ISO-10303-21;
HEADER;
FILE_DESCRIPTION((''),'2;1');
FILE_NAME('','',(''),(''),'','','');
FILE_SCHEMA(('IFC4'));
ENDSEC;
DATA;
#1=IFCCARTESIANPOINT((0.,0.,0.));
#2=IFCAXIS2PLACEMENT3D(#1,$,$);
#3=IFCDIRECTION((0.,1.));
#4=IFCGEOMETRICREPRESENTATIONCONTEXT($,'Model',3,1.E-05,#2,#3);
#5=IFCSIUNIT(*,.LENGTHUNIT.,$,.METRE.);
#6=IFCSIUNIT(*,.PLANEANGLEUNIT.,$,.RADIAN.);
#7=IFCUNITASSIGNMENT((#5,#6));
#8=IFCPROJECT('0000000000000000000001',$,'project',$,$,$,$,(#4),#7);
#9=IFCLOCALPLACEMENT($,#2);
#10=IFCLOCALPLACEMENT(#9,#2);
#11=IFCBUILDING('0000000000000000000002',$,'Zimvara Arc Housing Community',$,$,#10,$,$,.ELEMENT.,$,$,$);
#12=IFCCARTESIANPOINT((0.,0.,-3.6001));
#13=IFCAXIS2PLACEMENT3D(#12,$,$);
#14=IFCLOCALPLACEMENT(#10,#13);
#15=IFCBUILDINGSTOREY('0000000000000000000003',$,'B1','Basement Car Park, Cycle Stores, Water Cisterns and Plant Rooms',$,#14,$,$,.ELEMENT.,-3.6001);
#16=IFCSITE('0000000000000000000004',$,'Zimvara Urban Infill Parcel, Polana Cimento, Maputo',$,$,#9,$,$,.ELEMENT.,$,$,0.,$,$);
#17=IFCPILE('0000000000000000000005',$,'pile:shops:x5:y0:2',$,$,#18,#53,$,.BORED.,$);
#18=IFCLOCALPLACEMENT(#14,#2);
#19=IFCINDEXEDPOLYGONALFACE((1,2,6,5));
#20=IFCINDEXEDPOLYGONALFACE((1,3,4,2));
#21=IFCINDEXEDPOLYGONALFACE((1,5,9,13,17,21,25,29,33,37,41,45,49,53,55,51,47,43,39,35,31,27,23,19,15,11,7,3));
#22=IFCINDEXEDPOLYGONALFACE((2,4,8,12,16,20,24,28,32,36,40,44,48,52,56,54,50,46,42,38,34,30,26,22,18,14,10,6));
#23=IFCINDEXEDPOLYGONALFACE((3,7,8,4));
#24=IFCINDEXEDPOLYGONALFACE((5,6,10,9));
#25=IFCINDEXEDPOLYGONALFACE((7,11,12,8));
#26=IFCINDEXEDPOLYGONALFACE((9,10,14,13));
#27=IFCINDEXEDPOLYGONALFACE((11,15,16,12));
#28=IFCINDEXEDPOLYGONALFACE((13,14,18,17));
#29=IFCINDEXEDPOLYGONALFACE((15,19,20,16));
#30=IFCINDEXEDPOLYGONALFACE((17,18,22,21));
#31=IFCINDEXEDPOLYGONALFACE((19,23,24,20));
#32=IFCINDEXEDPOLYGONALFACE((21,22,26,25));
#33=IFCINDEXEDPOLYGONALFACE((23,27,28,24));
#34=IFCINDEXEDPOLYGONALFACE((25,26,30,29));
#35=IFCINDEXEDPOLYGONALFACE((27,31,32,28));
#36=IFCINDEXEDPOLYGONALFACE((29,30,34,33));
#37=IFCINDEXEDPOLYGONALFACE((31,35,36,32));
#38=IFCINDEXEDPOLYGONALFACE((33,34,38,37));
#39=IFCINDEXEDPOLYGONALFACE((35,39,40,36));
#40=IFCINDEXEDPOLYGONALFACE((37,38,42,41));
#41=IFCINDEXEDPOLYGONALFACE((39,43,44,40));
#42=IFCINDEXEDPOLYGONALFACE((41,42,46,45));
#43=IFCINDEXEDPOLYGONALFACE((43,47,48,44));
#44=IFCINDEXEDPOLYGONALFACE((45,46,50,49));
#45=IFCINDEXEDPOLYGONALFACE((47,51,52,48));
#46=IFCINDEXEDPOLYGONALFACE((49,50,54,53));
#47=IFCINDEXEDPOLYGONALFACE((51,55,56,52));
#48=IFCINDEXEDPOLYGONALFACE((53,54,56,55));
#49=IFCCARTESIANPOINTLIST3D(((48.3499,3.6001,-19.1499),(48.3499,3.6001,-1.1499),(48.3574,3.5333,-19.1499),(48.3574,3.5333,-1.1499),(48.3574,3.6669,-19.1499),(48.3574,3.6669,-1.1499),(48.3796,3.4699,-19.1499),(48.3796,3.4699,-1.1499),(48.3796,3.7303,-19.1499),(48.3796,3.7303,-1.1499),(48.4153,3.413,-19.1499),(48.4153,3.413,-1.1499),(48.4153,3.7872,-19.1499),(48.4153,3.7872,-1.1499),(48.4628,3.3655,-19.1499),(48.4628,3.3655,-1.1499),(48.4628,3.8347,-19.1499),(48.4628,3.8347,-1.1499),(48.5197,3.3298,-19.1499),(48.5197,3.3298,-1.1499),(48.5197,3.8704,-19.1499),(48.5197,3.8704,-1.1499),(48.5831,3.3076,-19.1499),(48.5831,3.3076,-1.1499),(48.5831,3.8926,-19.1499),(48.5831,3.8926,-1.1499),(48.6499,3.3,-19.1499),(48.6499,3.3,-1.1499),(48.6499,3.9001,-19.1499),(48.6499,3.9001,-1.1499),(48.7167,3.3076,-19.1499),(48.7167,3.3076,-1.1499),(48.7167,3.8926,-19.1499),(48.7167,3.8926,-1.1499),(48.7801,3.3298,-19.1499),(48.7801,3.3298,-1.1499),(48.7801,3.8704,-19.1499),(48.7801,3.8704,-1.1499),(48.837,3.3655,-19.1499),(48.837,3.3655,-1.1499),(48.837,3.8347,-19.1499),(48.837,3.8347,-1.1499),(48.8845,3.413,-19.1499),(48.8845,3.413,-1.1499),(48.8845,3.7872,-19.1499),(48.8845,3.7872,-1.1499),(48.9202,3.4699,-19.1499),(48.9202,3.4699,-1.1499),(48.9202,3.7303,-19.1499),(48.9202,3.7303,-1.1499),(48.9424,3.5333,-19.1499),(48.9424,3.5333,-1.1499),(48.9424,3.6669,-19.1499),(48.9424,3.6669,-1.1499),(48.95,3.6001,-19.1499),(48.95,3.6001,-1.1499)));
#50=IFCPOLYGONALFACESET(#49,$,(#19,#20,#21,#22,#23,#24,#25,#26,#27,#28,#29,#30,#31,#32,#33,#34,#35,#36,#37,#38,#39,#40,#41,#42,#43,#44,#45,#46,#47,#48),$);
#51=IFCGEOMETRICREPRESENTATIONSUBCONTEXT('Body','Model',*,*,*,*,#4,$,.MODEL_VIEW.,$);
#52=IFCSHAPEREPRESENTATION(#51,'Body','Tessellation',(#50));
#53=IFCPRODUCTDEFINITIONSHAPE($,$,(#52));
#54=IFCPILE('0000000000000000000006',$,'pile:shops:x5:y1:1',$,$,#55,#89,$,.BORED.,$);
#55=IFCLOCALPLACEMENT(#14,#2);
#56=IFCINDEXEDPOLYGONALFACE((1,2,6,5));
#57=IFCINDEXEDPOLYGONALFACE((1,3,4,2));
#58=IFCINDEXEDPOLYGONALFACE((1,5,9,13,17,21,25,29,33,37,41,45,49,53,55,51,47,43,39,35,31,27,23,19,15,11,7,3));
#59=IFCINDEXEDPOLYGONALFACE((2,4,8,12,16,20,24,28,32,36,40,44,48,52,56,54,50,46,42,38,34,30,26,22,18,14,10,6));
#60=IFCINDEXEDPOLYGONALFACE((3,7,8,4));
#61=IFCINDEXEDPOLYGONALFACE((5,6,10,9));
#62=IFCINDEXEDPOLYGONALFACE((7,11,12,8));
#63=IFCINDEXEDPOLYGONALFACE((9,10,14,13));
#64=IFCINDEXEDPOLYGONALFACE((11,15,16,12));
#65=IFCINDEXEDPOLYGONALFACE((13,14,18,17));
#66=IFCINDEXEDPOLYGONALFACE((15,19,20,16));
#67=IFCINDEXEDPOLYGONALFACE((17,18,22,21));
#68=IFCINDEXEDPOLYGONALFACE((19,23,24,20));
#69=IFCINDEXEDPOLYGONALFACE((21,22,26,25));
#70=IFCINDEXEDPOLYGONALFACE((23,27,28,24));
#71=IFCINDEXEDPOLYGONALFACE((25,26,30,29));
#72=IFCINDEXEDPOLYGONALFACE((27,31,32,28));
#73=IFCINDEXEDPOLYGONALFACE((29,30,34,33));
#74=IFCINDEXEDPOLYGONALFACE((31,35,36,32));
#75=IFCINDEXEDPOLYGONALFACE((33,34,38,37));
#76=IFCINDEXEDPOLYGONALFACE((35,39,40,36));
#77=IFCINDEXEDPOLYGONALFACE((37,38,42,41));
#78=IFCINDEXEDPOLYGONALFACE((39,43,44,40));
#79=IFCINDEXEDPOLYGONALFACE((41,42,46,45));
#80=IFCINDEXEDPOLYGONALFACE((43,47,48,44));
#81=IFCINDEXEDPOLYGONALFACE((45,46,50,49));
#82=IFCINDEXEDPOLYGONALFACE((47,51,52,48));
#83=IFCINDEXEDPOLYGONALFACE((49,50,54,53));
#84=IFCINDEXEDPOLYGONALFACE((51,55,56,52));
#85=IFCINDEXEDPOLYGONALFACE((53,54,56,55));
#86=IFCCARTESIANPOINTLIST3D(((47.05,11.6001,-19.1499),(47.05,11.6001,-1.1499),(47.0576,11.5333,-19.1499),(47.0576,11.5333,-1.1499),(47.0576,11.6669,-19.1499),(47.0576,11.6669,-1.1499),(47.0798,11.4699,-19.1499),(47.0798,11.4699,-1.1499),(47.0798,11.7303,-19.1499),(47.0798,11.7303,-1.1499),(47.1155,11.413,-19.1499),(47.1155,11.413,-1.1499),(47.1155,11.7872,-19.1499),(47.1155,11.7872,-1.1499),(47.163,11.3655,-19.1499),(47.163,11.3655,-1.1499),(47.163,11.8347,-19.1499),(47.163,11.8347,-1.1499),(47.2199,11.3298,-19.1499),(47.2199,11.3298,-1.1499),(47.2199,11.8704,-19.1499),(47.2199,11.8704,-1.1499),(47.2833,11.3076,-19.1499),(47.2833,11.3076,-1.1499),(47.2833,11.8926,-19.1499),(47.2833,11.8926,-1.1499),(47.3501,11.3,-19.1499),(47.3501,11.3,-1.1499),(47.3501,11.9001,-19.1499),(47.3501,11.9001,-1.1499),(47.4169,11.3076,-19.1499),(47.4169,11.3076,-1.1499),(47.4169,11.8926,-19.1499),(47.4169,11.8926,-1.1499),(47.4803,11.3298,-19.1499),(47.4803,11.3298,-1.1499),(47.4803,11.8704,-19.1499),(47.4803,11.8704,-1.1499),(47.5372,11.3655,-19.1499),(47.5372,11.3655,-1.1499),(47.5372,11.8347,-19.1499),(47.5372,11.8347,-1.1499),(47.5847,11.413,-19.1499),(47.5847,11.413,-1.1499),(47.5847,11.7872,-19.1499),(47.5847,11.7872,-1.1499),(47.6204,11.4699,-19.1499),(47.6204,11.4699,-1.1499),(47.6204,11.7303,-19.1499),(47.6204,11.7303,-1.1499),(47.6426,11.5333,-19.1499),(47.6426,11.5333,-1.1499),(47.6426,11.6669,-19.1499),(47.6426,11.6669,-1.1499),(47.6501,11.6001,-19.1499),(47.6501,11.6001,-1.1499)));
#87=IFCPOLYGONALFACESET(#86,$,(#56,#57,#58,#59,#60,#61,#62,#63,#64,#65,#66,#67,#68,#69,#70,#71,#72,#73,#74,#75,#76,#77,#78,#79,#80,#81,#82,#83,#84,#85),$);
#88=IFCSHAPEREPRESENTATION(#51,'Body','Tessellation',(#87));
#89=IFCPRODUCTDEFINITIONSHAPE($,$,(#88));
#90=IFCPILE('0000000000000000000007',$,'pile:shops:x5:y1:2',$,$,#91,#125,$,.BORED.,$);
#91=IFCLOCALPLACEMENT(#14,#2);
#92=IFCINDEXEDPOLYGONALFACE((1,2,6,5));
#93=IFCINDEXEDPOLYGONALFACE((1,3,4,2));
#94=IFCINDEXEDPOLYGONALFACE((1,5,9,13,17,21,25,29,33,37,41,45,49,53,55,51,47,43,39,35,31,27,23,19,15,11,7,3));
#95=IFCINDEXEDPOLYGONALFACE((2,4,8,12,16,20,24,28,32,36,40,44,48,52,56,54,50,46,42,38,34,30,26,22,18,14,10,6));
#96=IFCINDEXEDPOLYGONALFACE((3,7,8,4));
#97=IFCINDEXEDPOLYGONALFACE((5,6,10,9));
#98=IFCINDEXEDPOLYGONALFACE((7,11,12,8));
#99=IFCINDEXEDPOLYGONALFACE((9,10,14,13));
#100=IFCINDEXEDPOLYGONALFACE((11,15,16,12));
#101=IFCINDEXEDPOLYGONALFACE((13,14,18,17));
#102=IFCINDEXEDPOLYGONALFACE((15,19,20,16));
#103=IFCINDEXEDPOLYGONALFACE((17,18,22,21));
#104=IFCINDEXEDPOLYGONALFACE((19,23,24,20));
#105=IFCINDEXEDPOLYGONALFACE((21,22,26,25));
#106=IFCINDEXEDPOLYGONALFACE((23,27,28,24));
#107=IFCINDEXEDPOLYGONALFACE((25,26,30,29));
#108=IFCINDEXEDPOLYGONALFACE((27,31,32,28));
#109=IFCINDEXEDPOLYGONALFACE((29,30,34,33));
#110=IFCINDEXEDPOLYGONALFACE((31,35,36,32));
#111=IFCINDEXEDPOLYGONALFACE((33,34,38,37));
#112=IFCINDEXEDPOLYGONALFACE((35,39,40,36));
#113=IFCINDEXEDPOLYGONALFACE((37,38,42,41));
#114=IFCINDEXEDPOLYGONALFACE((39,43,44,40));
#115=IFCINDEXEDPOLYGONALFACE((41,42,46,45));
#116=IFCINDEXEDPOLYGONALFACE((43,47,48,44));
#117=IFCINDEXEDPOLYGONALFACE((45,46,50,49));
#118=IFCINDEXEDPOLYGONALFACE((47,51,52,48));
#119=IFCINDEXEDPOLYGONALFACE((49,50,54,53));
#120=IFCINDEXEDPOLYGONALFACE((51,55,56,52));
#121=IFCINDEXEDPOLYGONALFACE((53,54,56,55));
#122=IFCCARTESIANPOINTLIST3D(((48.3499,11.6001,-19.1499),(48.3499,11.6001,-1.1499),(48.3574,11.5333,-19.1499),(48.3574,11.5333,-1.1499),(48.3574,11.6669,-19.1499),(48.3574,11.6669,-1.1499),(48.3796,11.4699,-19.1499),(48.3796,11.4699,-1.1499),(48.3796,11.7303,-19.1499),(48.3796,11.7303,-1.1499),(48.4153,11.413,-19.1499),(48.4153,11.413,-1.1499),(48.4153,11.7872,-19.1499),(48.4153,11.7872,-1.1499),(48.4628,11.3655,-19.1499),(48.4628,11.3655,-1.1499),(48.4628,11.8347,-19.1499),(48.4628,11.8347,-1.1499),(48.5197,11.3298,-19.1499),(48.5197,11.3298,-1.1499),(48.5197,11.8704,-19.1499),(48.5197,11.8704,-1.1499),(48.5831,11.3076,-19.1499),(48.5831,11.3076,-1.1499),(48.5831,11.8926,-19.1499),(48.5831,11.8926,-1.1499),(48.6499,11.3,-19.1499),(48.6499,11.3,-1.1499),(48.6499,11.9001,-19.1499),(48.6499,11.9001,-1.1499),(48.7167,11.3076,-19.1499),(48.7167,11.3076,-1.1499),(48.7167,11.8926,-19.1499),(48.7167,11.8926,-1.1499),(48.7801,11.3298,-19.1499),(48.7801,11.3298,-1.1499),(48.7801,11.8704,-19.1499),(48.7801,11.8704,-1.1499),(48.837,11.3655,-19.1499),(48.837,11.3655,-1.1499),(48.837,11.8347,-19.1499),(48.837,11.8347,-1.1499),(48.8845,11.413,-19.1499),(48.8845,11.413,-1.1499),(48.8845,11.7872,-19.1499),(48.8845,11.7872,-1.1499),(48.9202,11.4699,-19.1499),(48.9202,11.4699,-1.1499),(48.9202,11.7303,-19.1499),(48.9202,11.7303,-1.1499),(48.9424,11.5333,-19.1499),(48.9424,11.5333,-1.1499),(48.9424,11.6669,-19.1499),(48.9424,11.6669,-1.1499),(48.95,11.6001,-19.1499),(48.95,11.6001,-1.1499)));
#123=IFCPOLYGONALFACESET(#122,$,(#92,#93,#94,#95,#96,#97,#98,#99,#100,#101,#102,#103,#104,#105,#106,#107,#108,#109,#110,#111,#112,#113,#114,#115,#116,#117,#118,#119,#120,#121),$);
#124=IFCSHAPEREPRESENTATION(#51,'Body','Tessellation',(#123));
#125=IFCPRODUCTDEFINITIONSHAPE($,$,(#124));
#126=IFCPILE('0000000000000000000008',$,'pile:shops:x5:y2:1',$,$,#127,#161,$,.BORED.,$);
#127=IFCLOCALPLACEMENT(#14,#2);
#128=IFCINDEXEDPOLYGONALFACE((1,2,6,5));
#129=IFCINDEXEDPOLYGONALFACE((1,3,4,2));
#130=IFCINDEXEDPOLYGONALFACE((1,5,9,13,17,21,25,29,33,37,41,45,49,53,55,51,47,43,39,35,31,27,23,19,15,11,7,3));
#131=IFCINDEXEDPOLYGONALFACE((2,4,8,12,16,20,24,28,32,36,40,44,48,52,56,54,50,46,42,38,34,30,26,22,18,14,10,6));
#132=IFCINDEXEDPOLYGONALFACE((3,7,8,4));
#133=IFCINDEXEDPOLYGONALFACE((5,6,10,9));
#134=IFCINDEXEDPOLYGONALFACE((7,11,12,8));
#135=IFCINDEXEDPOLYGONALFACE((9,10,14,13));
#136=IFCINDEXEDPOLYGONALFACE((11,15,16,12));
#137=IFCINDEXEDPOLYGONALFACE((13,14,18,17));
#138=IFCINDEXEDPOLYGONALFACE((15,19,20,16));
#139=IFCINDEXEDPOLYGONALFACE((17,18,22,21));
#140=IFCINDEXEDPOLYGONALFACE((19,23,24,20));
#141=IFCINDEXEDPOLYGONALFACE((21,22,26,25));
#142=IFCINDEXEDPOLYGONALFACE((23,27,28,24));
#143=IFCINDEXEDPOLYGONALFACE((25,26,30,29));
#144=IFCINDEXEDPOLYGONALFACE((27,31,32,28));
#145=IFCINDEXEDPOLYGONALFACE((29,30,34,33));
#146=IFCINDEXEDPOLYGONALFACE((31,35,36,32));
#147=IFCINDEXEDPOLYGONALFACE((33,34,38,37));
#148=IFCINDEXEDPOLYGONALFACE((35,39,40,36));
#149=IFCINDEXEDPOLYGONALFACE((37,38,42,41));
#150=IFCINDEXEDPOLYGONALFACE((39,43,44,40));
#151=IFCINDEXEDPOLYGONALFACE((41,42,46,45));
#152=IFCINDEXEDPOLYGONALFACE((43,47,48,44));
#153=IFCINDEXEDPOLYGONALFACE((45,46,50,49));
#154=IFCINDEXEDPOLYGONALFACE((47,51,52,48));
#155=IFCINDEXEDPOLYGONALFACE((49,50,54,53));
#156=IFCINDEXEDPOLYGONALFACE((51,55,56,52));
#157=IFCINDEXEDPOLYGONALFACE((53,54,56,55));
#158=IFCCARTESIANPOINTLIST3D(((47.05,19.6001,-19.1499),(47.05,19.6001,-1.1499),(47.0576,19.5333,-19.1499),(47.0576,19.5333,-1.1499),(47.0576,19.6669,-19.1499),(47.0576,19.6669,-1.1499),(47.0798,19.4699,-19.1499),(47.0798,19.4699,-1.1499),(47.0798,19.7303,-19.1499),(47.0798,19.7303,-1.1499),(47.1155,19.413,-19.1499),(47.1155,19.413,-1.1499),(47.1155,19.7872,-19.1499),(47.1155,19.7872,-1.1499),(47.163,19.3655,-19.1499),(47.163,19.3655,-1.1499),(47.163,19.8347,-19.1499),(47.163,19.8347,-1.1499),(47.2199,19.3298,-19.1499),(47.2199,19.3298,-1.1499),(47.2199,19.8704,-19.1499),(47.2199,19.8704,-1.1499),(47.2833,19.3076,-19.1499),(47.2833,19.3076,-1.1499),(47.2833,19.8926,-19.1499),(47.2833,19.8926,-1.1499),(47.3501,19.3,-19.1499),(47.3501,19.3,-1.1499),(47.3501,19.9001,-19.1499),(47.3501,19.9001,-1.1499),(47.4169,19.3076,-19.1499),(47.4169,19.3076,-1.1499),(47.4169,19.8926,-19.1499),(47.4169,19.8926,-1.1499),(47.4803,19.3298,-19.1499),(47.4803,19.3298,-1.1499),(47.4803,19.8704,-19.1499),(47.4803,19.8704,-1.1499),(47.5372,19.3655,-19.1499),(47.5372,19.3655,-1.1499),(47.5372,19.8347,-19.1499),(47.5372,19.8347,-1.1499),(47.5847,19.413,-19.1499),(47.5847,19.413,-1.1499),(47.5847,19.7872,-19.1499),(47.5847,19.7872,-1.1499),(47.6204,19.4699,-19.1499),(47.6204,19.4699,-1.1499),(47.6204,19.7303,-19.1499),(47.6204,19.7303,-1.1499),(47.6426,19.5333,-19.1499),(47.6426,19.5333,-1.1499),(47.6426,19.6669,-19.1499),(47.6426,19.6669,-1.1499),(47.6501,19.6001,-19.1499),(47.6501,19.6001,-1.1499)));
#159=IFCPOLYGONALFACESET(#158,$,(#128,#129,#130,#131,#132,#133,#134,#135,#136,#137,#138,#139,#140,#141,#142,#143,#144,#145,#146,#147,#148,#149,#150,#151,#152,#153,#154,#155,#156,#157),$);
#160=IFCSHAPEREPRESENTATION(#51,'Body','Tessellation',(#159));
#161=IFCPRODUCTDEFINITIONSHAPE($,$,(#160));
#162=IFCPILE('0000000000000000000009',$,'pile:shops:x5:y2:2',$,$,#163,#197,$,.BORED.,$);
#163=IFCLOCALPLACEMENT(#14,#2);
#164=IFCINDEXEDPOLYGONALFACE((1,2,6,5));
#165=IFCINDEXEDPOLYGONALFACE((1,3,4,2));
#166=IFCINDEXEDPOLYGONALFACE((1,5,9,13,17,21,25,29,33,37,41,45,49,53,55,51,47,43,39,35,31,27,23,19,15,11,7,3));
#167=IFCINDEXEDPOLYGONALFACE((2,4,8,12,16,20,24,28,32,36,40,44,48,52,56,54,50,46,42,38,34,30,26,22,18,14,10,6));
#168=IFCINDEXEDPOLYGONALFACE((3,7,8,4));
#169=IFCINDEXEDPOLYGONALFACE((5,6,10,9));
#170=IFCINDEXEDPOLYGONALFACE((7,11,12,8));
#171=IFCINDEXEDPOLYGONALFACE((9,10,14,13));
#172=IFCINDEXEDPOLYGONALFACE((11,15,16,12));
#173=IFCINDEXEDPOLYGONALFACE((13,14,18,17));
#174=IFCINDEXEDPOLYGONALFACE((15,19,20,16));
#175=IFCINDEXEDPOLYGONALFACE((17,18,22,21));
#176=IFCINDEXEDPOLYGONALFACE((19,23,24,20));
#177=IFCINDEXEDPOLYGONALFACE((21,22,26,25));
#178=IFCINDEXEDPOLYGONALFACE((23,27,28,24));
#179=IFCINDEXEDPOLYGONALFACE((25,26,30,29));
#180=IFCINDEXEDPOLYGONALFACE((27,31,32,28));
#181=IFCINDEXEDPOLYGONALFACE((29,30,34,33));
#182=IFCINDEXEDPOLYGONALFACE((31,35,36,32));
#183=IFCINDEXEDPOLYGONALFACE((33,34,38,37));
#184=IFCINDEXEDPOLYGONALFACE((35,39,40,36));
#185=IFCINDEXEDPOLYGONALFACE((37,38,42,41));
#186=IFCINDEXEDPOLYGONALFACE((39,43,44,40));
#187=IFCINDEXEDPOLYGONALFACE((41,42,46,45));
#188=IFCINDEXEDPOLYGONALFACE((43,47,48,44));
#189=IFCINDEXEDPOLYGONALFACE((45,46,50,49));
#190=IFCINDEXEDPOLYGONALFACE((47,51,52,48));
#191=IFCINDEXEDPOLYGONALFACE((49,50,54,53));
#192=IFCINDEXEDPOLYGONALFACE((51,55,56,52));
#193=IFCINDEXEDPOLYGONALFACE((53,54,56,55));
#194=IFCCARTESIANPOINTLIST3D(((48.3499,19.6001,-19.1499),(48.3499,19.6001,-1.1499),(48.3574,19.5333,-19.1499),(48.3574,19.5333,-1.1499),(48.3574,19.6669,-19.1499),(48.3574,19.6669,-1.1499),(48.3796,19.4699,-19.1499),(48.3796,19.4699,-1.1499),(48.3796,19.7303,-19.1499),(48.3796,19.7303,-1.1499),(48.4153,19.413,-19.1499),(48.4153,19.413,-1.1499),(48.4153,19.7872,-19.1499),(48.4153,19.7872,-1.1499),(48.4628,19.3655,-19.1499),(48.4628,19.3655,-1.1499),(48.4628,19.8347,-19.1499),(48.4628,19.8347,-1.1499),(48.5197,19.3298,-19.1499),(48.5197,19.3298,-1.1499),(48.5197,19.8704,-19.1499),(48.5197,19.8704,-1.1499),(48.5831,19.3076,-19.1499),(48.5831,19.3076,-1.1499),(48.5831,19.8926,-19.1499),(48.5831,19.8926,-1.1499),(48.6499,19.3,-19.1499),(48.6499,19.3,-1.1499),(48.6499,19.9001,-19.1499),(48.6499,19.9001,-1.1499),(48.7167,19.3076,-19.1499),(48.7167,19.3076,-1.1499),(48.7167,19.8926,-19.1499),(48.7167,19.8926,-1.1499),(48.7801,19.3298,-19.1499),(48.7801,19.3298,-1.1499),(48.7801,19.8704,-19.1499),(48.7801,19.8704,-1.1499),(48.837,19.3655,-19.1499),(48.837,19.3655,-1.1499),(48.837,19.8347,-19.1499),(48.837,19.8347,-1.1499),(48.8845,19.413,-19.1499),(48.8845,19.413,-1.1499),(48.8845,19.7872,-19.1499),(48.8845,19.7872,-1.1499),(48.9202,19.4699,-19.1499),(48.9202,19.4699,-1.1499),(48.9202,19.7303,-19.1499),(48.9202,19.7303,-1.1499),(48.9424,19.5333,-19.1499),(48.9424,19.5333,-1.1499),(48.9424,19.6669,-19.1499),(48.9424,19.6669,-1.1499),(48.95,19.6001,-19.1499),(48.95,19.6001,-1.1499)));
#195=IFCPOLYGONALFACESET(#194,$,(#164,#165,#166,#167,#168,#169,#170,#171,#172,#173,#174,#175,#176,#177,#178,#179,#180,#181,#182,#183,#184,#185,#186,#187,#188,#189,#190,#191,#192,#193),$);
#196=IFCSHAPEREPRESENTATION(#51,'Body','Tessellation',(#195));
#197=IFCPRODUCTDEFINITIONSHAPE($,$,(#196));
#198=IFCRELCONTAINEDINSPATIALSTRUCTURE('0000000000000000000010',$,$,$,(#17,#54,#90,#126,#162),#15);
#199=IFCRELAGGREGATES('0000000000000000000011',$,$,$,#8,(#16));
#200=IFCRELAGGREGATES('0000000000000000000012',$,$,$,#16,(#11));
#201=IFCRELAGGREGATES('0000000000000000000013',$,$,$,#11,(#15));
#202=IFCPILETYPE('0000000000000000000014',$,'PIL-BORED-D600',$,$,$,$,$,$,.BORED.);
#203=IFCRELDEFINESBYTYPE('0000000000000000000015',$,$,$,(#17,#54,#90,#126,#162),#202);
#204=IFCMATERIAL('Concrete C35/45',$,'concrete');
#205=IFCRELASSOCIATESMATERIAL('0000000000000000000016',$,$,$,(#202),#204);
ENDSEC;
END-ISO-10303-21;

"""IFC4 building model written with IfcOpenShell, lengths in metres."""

from ifc_helpers import new_model, si_unit, direction, frame, origin, origin_2d, place, context, subcontext, project, spatial, circle, extrude, material, material_profile, profile_set, type_object, element, save


model = new_model("IFC4")

# Units and contexts
model_context = context("Model", 3, precision=1e-05, world=origin(), true_north=direction((0.0, 1.0)))
body_context = subcontext(model_context, "Body", "Model", "MODEL_VIEW")
ifc_project = project(units=[si_unit("LENGTHUNIT", "METRE"), si_unit("PLANEANGLEUNIT", "RADIAN")], contexts=[model_context])

# Site, building, storey
site_placement = place(None, origin())
site = spatial("IfcSite", under=ifc_project, at=site_placement, Name="Zimvara Urban Infill Parcel, Polana Cimento, Maputo", CompositionType="ELEMENT", RefElevation=0.0)
building_placement = place(site_placement, origin())
building = spatial("IfcBuilding", under=site, at=building_placement, Name="Zimvara Arc Housing Community", CompositionType="ELEMENT")
storey_placement = place(building_placement, frame((0.0, 0.0, -3.6001)))
storey = spatial("IfcBuildingStorey", under=building, at=storey_placement, Name="B1", Description="Basement Car Park, Cycle Stores, Water Cisterns and Plant Rooms", CompositionType="ELEMENT", Elevation=-3.6001)

# Piles
ifc_material_1 = material(Name="Concrete C35/45", Category="concrete")
ifc_material_profile_1 = material_profile(ifc_material_1, circle(Radius=0.3, at=origin_2d()), Name="PILE D600")
ifc_profile_set_1 = profile_set([ifc_material_profile_1], Name="Concrete C35/45")
pile_type = type_object("IfcPileType", Name="PIL-BORED-D600", PredefinedType="BORED", material=ifc_profile_set_1)
for number, where, z_axis, x_axis, name in (
    (1, (48.6499, 3.6001, -1.1499), (0.0, 0.0, -1.0), (1.0, 0.0, 0.0), "pile:shops:x5:y0:2"),
    (2, (47.3501, 11.6001, -1.1499), (0.0, 0.0, -1.0), (1.0, 0.0, 0.0), "pile:shops:x5:y1:1"),
    (3, (48.6499, 11.6001, -1.1499), (0.0, 0.0, -1.0), (1.0, 0.0, 0.0), "pile:shops:x5:y1:2"),
    (4, (47.3501, 19.6001, -1.1499), (0.0, 0.0, -1.0), (1.0, 0.0, 0.0), "pile:shops:x5:y2:1"),
    (5, (48.6499, 19.6001, -1.1499), (0.0, 0.0, -1.0), (1.0, 0.0, 0.0), "pile:shops:x5:y2:2"),
):
    element("IfcPile", number, at=place(storey_placement, frame(where, z_axis=z_axis, x_axis=x_axis)), inside=storey, type_object=pile_type, Name=name, PredefinedType="BORED", context=body_context, shape_type="SweptSolid", body=[
        extrude(circle(Radius=0.3, at=origin_2d()), origin(), (0.0, 0.0, 1.0), 18.0),
    ])

save(model, "model.ifc")
